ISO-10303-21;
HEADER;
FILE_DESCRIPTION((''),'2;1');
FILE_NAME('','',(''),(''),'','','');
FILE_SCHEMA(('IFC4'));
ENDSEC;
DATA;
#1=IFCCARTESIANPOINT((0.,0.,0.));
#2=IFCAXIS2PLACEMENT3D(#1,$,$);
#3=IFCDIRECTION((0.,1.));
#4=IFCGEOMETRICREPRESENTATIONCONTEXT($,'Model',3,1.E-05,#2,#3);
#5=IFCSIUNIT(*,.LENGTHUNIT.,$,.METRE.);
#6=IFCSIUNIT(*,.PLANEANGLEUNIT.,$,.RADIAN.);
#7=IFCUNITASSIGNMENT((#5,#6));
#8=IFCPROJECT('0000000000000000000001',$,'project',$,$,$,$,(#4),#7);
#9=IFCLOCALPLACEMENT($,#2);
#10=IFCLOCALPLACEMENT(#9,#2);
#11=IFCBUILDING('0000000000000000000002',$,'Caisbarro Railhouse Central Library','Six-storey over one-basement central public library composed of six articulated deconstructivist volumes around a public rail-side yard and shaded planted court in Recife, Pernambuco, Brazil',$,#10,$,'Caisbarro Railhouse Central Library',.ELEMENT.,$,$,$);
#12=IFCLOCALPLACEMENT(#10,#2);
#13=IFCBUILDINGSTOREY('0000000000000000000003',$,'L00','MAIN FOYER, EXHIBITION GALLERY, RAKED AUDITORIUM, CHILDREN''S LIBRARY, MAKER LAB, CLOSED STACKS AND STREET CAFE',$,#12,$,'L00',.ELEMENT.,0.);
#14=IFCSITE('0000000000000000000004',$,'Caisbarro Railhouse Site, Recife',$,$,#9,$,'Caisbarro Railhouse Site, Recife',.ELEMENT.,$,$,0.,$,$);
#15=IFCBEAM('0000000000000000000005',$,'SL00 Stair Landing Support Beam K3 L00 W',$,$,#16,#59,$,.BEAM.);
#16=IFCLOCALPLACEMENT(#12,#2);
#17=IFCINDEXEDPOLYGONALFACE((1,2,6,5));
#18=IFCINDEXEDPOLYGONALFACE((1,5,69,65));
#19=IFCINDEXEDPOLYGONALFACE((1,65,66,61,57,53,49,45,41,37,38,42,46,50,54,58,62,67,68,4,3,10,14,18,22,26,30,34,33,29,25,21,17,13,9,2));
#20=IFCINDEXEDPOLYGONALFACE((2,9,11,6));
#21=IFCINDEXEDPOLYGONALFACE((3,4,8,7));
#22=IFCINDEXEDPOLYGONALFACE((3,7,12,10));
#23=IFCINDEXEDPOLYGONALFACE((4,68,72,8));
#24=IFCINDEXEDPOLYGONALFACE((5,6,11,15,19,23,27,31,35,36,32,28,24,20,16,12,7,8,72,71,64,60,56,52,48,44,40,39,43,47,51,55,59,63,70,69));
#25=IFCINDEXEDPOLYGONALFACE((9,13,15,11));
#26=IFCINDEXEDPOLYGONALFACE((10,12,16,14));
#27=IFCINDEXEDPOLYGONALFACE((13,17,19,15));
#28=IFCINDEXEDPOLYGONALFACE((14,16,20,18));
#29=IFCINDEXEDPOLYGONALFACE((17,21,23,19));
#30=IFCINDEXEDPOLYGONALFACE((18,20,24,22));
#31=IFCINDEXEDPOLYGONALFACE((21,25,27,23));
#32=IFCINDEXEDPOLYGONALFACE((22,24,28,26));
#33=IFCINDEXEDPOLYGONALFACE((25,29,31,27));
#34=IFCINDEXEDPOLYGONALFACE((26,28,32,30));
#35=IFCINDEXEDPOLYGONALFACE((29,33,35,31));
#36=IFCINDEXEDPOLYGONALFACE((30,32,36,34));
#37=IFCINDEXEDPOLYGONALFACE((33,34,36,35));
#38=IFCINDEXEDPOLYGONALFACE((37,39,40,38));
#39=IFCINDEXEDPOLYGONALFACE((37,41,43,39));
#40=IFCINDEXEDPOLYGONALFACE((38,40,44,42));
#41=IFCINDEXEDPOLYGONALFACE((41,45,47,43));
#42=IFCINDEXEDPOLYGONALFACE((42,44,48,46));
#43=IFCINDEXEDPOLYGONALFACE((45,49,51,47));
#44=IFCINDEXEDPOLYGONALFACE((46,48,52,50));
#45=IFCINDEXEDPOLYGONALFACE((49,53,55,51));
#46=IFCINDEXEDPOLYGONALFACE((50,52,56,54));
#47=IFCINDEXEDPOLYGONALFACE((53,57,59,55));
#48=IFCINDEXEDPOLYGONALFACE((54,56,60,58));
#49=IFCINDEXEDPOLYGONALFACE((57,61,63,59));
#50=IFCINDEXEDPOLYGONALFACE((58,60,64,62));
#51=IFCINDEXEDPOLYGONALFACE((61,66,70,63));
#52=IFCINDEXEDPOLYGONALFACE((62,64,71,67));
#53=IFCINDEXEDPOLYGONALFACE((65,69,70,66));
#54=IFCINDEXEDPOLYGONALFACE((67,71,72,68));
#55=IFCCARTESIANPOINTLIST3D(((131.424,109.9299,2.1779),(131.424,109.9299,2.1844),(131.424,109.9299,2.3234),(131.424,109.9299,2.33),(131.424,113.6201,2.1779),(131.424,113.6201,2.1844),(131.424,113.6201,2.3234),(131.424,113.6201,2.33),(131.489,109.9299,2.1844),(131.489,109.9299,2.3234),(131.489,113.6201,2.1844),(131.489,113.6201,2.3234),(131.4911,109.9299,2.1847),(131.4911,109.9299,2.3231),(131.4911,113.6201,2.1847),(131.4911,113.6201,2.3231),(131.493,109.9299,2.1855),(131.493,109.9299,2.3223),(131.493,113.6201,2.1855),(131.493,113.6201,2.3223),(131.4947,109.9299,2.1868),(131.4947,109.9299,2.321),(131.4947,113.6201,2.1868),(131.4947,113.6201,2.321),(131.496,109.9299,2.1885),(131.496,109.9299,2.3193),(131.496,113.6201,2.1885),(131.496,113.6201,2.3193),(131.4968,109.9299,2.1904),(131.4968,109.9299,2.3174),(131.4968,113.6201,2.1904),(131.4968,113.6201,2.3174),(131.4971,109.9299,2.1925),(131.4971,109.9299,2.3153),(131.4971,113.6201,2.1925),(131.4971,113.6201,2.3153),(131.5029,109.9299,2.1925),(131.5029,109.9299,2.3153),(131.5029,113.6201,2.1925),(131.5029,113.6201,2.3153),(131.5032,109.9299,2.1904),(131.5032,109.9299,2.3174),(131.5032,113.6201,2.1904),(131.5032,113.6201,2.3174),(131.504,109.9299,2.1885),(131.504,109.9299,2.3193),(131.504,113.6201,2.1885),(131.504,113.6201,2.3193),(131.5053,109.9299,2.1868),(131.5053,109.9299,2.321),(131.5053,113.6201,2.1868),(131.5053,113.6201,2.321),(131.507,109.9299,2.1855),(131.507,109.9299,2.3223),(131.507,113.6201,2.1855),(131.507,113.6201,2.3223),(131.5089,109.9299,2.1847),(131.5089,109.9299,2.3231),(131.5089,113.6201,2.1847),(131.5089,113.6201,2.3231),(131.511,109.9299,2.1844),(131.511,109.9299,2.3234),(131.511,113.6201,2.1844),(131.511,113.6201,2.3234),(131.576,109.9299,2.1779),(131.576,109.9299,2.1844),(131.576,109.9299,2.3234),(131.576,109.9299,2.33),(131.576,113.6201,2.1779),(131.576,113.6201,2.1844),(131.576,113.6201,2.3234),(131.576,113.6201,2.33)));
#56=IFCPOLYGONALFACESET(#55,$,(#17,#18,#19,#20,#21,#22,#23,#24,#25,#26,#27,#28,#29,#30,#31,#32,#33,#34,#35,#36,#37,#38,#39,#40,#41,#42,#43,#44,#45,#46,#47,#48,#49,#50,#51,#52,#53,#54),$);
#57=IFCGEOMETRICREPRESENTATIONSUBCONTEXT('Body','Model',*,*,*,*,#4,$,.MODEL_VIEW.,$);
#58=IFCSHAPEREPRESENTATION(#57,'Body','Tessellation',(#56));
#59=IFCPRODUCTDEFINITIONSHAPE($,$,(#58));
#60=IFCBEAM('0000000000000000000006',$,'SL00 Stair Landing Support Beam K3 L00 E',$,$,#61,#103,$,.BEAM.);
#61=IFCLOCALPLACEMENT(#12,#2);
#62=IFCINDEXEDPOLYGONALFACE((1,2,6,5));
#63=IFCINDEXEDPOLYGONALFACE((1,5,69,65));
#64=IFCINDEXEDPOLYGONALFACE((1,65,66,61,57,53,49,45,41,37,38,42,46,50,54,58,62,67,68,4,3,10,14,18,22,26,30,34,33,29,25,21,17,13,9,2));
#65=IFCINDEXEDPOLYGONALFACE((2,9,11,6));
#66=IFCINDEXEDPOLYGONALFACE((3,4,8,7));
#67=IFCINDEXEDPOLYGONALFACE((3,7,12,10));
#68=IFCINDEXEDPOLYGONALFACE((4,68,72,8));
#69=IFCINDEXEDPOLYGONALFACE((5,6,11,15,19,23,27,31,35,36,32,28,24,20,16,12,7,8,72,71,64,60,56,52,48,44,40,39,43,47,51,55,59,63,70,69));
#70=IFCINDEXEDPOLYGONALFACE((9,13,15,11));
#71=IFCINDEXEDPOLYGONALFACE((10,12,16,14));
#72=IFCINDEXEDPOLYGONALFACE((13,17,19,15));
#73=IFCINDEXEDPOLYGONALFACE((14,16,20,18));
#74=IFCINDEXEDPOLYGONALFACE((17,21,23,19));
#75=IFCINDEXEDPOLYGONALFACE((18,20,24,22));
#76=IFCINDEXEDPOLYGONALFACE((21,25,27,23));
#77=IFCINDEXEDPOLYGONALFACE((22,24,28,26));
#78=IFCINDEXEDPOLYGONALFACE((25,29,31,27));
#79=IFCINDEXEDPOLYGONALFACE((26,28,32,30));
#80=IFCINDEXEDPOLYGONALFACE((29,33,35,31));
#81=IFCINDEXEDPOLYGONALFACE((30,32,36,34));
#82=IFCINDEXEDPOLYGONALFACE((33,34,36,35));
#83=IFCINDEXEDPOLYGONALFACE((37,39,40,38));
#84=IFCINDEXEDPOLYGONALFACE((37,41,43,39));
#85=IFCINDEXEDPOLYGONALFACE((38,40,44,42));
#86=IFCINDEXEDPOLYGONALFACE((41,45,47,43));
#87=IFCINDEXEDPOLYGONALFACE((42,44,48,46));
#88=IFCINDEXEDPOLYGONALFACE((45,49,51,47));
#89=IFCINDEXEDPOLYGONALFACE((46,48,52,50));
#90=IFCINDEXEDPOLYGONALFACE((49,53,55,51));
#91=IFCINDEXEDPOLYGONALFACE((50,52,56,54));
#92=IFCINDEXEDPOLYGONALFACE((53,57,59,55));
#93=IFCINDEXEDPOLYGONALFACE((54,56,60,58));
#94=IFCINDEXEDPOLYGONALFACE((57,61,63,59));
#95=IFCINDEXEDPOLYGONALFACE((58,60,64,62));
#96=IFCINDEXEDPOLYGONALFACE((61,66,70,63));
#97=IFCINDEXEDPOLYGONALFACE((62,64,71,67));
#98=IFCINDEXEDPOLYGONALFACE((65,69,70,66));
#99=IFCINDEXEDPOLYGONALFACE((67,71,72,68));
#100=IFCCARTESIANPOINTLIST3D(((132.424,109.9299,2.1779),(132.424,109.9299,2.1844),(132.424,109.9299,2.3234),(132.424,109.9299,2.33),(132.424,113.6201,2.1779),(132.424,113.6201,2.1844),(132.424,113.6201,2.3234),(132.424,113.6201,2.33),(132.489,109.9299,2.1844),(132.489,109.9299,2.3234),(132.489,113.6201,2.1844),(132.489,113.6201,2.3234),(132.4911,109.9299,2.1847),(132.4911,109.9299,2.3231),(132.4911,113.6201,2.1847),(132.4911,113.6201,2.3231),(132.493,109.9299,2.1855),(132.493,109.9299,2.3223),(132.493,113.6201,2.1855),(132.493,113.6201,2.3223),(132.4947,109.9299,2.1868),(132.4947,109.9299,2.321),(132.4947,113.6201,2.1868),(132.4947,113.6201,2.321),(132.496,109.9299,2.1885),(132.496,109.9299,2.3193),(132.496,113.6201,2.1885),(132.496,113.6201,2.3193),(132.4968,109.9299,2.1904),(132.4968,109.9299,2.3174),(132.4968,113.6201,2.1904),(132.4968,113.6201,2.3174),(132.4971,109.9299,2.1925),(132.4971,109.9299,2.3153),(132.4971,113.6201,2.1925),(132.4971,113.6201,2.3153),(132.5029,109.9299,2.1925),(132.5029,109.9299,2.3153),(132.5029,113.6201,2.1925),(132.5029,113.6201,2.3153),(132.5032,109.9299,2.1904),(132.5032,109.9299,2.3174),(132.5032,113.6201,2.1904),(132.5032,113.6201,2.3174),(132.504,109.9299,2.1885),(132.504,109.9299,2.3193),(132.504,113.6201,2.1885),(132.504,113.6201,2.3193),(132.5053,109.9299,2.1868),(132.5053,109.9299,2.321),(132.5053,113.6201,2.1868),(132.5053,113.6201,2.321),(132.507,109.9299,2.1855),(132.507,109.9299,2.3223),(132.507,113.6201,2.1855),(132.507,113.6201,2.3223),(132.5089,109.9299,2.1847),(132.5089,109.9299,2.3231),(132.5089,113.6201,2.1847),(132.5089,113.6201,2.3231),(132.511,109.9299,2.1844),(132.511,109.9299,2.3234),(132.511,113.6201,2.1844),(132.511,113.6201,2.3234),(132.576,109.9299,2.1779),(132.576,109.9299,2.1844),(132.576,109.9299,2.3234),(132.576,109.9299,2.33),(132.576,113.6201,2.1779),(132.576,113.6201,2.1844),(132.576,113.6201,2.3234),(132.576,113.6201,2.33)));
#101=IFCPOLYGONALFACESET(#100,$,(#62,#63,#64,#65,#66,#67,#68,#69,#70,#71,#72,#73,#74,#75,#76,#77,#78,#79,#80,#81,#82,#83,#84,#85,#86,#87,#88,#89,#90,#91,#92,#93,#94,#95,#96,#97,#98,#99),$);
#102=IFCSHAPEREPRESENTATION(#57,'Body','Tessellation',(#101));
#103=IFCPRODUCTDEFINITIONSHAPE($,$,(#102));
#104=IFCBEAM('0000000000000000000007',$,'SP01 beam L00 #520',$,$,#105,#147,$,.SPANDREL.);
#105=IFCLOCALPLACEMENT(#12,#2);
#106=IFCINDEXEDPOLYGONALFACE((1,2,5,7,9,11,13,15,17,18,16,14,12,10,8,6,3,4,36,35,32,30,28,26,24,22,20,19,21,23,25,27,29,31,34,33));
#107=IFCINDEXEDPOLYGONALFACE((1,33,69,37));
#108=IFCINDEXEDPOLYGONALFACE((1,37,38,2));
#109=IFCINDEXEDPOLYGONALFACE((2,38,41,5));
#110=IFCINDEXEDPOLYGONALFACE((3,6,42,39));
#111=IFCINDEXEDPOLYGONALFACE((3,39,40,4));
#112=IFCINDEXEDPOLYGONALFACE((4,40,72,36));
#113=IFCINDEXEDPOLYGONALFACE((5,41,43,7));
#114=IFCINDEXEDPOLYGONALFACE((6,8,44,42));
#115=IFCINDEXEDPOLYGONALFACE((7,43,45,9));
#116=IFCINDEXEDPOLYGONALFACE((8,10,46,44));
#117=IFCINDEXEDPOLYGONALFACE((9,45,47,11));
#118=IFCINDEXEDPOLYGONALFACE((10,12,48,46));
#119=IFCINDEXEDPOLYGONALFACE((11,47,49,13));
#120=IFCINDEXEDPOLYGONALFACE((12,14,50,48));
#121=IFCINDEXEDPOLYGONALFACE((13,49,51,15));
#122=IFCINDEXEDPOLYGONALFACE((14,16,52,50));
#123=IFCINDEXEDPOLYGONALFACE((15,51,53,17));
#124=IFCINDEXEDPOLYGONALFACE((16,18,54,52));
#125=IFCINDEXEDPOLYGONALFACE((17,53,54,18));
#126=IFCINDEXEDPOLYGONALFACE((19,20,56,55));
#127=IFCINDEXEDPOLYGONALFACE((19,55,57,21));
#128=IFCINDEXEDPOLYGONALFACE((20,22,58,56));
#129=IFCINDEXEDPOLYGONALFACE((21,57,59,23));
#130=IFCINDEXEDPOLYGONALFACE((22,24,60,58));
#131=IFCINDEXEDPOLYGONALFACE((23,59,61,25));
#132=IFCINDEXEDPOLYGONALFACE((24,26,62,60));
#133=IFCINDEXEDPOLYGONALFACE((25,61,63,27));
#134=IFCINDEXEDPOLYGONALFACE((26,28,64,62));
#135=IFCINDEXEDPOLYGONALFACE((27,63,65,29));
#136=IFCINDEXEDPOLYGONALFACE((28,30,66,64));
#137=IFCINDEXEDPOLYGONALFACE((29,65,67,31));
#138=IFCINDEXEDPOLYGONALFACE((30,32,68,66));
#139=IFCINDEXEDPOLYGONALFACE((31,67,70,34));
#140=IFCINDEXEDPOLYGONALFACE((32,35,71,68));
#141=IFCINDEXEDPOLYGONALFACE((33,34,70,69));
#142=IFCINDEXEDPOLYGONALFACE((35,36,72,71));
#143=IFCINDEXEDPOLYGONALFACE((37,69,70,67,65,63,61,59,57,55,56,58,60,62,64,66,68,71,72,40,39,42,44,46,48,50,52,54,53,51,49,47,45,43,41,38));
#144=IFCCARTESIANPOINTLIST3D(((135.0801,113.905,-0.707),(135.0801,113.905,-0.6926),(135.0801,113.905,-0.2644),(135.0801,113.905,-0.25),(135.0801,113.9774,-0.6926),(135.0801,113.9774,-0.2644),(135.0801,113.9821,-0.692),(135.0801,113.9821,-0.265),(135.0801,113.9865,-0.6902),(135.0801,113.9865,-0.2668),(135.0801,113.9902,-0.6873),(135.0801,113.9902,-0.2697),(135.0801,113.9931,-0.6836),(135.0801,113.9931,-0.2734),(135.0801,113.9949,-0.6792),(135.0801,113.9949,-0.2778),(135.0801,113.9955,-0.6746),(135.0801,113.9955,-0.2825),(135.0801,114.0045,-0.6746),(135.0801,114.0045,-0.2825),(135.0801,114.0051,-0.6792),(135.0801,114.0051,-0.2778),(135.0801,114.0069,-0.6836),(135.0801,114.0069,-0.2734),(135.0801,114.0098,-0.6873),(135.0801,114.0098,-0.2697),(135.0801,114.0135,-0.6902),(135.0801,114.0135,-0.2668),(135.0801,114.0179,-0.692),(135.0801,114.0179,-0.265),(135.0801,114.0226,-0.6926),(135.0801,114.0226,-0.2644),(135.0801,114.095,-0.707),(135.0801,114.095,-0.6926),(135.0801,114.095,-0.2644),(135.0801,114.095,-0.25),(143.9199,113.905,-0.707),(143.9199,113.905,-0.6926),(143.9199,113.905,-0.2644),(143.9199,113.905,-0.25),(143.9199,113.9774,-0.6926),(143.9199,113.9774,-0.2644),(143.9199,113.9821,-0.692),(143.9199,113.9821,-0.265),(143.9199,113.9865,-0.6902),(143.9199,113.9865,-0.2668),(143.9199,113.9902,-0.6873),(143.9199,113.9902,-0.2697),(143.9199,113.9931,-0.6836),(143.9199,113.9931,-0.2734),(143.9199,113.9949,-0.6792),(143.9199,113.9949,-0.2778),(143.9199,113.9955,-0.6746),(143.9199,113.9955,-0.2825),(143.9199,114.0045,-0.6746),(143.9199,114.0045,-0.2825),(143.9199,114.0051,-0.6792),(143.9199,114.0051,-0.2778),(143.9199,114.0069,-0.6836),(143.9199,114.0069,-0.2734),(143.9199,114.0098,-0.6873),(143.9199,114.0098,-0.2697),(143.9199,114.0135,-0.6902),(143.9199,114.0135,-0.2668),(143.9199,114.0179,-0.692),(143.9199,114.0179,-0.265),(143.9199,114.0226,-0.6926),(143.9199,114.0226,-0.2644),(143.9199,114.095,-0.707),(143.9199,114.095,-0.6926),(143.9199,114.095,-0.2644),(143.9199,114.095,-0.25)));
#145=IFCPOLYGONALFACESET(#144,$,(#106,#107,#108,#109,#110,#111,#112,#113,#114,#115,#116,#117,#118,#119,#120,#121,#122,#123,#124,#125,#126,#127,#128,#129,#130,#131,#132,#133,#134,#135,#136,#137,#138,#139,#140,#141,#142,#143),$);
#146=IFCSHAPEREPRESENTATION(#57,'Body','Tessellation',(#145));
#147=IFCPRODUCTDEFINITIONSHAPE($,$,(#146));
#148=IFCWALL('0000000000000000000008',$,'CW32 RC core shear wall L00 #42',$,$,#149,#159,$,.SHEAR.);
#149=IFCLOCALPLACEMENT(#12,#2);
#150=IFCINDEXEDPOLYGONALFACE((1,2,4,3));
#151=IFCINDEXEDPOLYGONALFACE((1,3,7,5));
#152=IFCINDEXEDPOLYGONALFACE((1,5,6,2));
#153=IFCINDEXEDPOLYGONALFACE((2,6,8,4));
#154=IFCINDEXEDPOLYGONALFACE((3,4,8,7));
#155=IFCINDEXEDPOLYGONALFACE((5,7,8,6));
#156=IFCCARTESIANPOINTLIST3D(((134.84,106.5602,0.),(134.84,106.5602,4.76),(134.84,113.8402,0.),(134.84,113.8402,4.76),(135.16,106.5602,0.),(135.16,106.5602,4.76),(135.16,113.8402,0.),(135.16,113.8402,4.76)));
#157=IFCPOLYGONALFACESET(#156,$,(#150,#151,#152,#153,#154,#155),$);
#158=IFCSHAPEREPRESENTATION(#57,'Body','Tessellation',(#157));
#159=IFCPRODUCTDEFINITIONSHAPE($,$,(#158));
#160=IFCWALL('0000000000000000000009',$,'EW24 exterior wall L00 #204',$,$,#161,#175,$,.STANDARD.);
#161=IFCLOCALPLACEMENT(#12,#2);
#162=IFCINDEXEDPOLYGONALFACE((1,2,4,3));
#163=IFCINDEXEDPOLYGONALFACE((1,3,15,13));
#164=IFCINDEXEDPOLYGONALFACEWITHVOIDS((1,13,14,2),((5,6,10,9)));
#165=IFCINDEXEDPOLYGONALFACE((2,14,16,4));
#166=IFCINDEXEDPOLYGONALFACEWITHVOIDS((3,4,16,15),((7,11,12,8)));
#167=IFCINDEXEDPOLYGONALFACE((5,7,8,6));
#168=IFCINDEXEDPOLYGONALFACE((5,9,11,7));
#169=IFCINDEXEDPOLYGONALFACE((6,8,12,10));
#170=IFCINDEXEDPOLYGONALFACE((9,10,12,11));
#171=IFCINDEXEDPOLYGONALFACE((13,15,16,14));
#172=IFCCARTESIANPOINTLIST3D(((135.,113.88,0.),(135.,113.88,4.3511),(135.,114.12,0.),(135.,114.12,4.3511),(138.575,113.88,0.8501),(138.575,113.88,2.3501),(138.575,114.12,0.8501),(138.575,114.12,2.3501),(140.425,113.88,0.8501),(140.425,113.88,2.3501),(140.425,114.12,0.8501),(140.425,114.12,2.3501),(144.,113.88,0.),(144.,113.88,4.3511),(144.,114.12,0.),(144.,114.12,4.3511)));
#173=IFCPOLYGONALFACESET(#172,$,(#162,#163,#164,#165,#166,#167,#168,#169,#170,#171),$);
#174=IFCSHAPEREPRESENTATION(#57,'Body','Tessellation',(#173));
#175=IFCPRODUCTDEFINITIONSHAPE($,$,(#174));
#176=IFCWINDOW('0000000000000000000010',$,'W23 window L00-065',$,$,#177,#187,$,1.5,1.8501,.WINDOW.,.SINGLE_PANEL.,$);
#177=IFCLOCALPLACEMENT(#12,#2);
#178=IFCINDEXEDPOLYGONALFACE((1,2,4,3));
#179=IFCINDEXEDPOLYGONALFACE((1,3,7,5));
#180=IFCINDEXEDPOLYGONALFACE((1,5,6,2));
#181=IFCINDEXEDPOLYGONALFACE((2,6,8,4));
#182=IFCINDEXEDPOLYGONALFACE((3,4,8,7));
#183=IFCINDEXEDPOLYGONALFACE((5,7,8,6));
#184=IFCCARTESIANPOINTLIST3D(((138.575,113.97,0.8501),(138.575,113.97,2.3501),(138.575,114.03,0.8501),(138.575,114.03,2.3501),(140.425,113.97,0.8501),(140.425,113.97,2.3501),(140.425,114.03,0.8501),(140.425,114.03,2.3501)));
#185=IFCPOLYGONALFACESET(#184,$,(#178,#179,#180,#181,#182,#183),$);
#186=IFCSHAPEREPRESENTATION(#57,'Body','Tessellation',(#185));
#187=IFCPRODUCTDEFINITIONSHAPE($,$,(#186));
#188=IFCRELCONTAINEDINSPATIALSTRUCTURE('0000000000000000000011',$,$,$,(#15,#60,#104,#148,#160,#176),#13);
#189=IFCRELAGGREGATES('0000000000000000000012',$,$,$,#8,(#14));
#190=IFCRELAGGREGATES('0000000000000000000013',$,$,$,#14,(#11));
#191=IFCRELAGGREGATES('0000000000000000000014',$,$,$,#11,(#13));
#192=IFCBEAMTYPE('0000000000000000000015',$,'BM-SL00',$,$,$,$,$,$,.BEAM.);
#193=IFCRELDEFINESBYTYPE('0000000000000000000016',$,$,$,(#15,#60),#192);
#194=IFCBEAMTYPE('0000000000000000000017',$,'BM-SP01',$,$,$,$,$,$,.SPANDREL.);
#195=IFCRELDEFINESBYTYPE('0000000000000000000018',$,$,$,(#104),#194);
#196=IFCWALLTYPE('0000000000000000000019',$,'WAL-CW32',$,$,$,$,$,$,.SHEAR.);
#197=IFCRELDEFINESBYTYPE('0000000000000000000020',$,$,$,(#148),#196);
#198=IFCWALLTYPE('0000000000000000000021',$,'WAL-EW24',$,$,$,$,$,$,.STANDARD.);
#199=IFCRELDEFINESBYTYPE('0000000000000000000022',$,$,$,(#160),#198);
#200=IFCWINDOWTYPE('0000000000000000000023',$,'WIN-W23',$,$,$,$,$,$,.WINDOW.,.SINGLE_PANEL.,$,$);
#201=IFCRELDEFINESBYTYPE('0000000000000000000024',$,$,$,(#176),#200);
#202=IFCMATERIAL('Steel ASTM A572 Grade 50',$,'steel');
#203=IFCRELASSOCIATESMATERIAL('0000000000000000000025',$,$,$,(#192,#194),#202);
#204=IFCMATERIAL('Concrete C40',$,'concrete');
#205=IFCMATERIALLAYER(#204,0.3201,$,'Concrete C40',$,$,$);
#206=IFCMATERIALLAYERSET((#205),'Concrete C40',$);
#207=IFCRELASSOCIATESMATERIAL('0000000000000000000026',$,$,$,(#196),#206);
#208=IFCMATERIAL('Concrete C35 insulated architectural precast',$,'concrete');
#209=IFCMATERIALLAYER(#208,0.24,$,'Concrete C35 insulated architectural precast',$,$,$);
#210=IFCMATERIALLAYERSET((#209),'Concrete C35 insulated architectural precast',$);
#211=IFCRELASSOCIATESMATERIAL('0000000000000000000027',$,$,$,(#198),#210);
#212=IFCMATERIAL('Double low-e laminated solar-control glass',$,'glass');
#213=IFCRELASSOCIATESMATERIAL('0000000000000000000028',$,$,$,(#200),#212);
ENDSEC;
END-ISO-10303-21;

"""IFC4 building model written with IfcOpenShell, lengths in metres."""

from ifc_helpers import new_model, si_unit, direction, frame, frame_2d, origin, origin_2d, place, context, subcontext, project, spatial, rectangle, i_section, extrude, material, layer, layer_set, material_profile, profile_set, type_object, element, fill, save


model = new_model("IFC4")

# Units and contexts
model_context = context("Model", 3, precision=1e-05, world=origin(), true_north=direction((0.0, 1.0)))
body_context = subcontext(model_context, "Body", "Model", "MODEL_VIEW")
ifc_project = project(units=[si_unit("LENGTHUNIT", "METRE"), si_unit("PLANEANGLEUNIT", "RADIAN")], contexts=[model_context])

# Site, building, storey
site_placement = place(None, origin())
site = spatial("IfcSite", under=ifc_project, at=site_placement, Name="Caisbarro Railhouse Site, Recife", LongName="Caisbarro Railhouse Site, Recife", CompositionType="ELEMENT", RefElevation=0.0)
building_placement = place(site_placement, origin())
building = spatial("IfcBuilding", under=site, at=building_placement, Name="Caisbarro Railhouse Central Library", Description="Six-storey over one-basement central public library composed of six articulated deconstructivist volumes around a public rail-side yard and shaded planted court in Recife, Pernambuco, Brazil", LongName="Caisbarro Railhouse Central Library", CompositionType="ELEMENT")
storey_placement = place(building_placement, origin())
storey = spatial("IfcBuildingStorey", under=building, at=storey_placement, Name="L00", Description="MAIN FOYER, EXHIBITION GALLERY, RAKED AUDITORIUM, CHILDREN'S LIBRARY, MAKER LAB, CLOSED STACKS AND STREET CAFE", LongName="L00", CompositionType="ELEMENT", Elevation=0.0)

# Shared definitions
ifc_material_1 = material(Name="Steel ASTM A572 Grade 50", Category="steel")

# Beams
ifc_material_profile_1 = material_profile(ifc_material_1, i_section(OverallWidth=0.1521, OverallDepth=0.1521, WebThickness=0.0059, FlangeThickness=0.0066, FilletRadius=0.0081, at=origin_2d()), Name="W150X22.5")
ifc_profile_set_1 = profile_set([ifc_material_profile_1], Name="Steel ASTM A572 Grade 50")
beam_type_1 = type_object("IfcBeamType", Name="BM-SL00", PredefinedType="BEAM", material=ifc_profile_set_1)
for number, where, z_axis, x_axis, name in (
    (1, (131.5, 109.9299, 2.2539), (0.0, 1.0, 0.0), (-1.0, 0.0, 0.0), "SL00 Stair Landing Support Beam K3 L00 W"),
    (2, (132.5, 109.9299, 2.2539), (0.0, 1.0, 0.0), (-1.0, 0.0, 0.0), "SL00 Stair Landing Support Beam K3 L00 E"),
):
    element("IfcBeam", number, at=place(storey_placement, frame(where, z_axis=z_axis, x_axis=x_axis)), inside=storey, type_object=beam_type_1, Name=name, PredefinedType="BEAM", context=body_context, shape_type="SweptSolid", body=[
        extrude(i_section(OverallWidth=0.1521, OverallDepth=0.1521, WebThickness=0.0059, FlangeThickness=0.0066, FilletRadius=0.0081, at=origin_2d()), origin(), (0.0, 0.0, 1.0), 3.6902),
    ])
ifc_material_profile_2 = material_profile(ifc_material_1, i_section(OverallWidth=0.1899, OverallDepth=0.457, WebThickness=0.009, FlangeThickness=0.0144, FilletRadius=0.0181, at=origin_2d()), Name="W460X74.0")
ifc_profile_set_2 = profile_set([ifc_material_profile_2], Name="Steel ASTM A572 Grade 50")
beam_type_2 = type_object("IfcBeamType", Name="BM-SP01", PredefinedType="SPANDREL", material=ifc_profile_set_2)
beam_1_placement = place(storey_placement, frame((135.0801, 114.0, -0.4785), z_axis=(1.0, 0.0, 0.0), x_axis=(0.0, 1.0, 0.0)))
element("IfcBeam", 3, at=beam_1_placement, inside=storey, type_object=beam_type_2, Name="SP01 beam L00 #520", PredefinedType="SPANDREL", context=body_context, shape_type="SweptSolid", body=[
    extrude(i_section(OverallWidth=0.1899, OverallDepth=0.457, WebThickness=0.009, FlangeThickness=0.0144, FilletRadius=0.0181, at=origin_2d()), origin(), (0.0, 0.0, 1.0), 8.8398),
])

# Wall
ifc_material_2 = material(Name="Concrete C40", Category="concrete")
ifc_layer_1 = layer(ifc_material_2, 0.3201, Name="Concrete C40")
ifc_layer_set_1 = layer_set([ifc_layer_1], Name="Concrete C40")
wall_type_1 = type_object("IfcWallType", Name="WAL-CW32", PredefinedType="SHEAR", material=ifc_layer_set_1)
wall_1_placement = place(storey_placement, frame((135.0, 106.5601, 0.0), z_axis=(0.0, 0.0, 1.0), x_axis=(0.0, 1.0, 0.0)))
element("IfcWall", 4, at=wall_1_placement, inside=storey, type_object=wall_type_1, Name="CW32 RC core shear wall L00 #42", PredefinedType="SHEAR", context=body_context, shape_type="SweptSolid", body=[
    extrude(rectangle(XDim=7.28, YDim=0.3201, at=frame_2d((3.6401, 0.0))), origin(), (0.0, 0.0, 1.0), 4.76),
])

# Wall, opening, window
ifc_material_3 = material(Name="Concrete C35 insulated architectural precast", Category="concrete")
ifc_layer_2 = layer(ifc_material_3, 0.24, Name="Concrete C35 insulated architectural precast")
ifc_layer_set_2 = layer_set([ifc_layer_2], Name="Concrete C35 insulated architectural precast")
wall_type_2 = type_object("IfcWallType", Name="WAL-EW24", PredefinedType="STANDARD", material=ifc_layer_set_2)
wall_2_placement = place(storey_placement, frame((135.0, 114.0, 0.0), z_axis=(0.0, 0.0, 1.0), x_axis=(1.0, 0.0, 0.0)))
wall_2 = element("IfcWall", 5, at=wall_2_placement, inside=storey, type_object=wall_type_2, Name="EW24 exterior wall L00 #204", PredefinedType="STANDARD", context=body_context, shape_type="SweptSolid", body=[
    extrude(rectangle(XDim=9.0, YDim=0.24, at=frame_2d((4.5, 0.0))), origin(), (0.0, 0.0, 1.0), 4.3511),
])
opening_1_placement = place(wall_2_placement, frame((3.575, 0.0, 0.8501)))
opening_1 = element("IfcOpeningElement", 6, at=opening_1_placement, cuts=wall_2, PredefinedType="OPENING", context=body_context, shape_type="SweptSolid", body=[
    extrude(rectangle(XDim=1.8501, YDim=1.5, at=frame_2d((0.925, 0.75))), frame((0.0, 0.1299, 0.0), z_axis=(0.0, -1.0, 0.0), x_axis=(1.0, 0.0, 0.0)), (0.0, 0.0, 1.0), 0.26),
])
ifc_material_4 = material(Name="Double low-e laminated solar-control glass", Category="glass")
window_type = type_object("IfcWindowType", Name="WIN-W23", PartitioningType="SINGLE_PANEL", PredefinedType="WINDOW", material=ifc_material_4)
window_placement = place(opening_1_placement, origin())
window = element("IfcWindow", 7, at=window_placement, inside=storey, type_object=window_type, Name="W23 window L00-065", OverallHeight=1.5, OverallWidth=1.8501, PartitioningType="SINGLE_PANEL", PredefinedType="WINDOW", context=body_context, shape_type="SweptSolid", body=[
    extrude(rectangle(XDim=1.8501, YDim=1.5, at=frame_2d((0.925, 0.75))), frame((0.0, 0.03, 0.0), z_axis=(0.0, -1.0, 0.0), x_axis=(1.0, 0.0, 0.0)), (0.0, 0.0, 1.0), 0.0601),
])
fill(opening_1, window)

save(model, "model.ifc")
